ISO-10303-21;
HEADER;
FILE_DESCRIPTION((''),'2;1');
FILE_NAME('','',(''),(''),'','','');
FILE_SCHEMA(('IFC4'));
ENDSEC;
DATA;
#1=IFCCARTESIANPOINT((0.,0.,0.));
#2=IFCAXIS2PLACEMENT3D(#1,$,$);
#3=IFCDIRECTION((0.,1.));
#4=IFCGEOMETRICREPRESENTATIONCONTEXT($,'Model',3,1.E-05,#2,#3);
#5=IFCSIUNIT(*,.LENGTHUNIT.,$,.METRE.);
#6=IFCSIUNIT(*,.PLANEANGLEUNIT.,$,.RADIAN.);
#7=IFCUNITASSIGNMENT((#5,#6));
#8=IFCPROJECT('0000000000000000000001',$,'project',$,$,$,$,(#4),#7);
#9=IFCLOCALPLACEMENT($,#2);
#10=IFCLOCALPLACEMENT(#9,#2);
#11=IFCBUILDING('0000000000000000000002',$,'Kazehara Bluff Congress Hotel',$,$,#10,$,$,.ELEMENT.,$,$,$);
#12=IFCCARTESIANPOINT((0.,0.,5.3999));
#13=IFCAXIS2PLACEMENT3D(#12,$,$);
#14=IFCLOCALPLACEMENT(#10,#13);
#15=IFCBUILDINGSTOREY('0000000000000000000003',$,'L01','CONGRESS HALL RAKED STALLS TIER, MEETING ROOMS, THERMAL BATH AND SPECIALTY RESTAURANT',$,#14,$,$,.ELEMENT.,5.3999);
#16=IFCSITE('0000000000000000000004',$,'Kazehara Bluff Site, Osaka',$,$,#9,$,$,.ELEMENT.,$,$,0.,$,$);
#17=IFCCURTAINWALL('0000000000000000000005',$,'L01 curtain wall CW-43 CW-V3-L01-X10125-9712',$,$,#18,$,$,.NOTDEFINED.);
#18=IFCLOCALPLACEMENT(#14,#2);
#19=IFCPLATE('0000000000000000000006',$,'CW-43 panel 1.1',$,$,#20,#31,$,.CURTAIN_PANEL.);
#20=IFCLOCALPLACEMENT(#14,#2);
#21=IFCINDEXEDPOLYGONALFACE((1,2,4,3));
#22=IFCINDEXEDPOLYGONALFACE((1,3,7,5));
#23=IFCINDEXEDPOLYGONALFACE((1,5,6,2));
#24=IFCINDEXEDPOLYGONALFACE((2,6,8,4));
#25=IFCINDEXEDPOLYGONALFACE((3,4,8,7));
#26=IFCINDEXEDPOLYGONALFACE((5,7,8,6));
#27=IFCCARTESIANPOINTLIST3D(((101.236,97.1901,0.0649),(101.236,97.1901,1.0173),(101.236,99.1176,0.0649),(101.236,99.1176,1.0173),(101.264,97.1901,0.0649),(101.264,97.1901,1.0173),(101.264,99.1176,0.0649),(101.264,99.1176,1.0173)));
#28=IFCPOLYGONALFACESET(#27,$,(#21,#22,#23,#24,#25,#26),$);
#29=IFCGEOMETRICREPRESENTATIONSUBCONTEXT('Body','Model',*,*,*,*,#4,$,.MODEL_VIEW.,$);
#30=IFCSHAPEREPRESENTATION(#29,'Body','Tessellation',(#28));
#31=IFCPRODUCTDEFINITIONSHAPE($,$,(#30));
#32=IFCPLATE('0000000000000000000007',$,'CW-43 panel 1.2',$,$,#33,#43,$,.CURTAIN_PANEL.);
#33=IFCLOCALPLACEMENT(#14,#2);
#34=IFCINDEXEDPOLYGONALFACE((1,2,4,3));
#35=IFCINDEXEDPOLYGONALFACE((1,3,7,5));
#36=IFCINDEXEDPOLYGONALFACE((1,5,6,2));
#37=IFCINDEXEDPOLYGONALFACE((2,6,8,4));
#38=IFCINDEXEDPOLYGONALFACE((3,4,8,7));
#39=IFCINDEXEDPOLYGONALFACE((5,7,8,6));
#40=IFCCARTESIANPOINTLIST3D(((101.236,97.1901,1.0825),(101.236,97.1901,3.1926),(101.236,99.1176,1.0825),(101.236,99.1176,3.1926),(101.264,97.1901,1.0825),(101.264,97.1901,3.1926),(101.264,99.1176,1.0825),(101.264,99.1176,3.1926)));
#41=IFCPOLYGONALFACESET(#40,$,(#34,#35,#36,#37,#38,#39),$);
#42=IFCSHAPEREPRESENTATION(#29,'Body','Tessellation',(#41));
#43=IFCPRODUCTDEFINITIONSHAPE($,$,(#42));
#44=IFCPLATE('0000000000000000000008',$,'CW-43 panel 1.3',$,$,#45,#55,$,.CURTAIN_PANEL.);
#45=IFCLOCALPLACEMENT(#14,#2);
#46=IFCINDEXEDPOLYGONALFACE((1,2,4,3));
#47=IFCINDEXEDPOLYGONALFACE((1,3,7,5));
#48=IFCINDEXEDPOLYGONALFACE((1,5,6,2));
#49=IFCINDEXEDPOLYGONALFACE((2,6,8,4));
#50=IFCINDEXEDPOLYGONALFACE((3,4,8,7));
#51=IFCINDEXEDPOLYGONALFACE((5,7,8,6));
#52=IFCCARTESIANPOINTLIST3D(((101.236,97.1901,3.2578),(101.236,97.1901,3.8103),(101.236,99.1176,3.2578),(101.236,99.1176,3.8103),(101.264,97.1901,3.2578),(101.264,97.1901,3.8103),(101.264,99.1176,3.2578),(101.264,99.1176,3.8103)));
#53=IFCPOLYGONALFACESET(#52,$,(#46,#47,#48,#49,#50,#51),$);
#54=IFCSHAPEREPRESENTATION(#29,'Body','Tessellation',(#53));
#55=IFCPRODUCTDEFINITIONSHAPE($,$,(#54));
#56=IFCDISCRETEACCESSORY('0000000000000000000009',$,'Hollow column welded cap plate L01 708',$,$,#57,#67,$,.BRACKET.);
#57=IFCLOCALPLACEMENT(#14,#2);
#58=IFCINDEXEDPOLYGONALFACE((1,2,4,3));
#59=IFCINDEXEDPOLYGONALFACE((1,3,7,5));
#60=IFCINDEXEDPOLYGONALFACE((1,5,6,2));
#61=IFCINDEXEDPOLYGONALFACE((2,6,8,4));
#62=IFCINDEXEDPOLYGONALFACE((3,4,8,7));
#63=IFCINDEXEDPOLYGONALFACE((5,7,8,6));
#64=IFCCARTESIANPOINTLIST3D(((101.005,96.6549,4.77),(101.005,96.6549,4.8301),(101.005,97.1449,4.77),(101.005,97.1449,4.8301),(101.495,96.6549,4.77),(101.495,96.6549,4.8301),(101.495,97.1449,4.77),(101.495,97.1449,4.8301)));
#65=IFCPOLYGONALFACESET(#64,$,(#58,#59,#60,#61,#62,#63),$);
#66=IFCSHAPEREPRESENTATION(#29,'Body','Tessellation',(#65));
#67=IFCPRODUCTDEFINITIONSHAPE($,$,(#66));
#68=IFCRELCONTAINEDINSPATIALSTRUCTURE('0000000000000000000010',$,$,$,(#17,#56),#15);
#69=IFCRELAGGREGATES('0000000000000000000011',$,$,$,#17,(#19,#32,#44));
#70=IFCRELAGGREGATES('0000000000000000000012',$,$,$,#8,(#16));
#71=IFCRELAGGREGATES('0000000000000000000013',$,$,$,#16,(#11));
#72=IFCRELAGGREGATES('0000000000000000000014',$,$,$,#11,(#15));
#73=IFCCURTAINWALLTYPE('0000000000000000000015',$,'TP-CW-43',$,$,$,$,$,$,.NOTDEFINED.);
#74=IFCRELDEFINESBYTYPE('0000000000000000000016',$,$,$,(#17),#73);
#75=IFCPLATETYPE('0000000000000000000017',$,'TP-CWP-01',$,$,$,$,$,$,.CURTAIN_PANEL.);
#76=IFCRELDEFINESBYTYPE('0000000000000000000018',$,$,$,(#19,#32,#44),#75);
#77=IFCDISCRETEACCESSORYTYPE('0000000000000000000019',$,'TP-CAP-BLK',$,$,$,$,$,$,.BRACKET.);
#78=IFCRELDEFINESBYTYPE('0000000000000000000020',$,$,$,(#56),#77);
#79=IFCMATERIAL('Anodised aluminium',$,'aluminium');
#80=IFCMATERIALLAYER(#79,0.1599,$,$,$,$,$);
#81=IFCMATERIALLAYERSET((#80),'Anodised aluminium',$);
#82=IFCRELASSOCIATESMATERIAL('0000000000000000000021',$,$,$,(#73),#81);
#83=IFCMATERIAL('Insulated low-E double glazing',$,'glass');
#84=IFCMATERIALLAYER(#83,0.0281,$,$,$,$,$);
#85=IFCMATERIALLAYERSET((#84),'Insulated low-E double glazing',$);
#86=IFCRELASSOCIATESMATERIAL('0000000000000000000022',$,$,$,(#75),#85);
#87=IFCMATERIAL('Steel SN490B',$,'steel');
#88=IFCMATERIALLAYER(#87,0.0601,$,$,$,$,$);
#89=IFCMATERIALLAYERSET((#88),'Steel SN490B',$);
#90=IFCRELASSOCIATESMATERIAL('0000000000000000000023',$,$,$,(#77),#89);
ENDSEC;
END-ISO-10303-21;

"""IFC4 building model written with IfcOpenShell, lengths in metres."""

from ifc_helpers import new_model, si_unit, direction, frame, origin, origin_2d, place, context, subcontext, project, spatial, rectangle, extrude, material, layer, layer_set, type_object, element, aggregate, save


model = new_model("IFC4")

# Units and contexts
model_context = context("Model", 3, precision=1e-05, world=origin(), true_north=direction((0.0, 1.0)))
body_context = subcontext(model_context, "Body", "Model", "MODEL_VIEW")
ifc_project = project(units=[si_unit("LENGTHUNIT", "METRE"), si_unit("PLANEANGLEUNIT", "RADIAN")], contexts=[model_context])

# Site, building, storey
site_placement = place(None, origin())
site = spatial("IfcSite", under=ifc_project, at=site_placement, Name="Kazehara Bluff Site, Osaka", CompositionType="ELEMENT", RefElevation=0.0)
building_placement = place(site_placement, origin())
building = spatial("IfcBuilding", under=site, at=building_placement, Name="Kazehara Bluff Congress Hotel", CompositionType="ELEMENT")
storey_placement = place(building_placement, frame((0.0, 0.0, 5.3999)))
storey = spatial("IfcBuildingStorey", under=building, at=storey_placement, Name="L01", Description="CONGRESS HALL RAKED STALLS TIER, MEETING ROOMS, THERMAL BATH AND SPECIALTY RESTAURANT", CompositionType="ELEMENT", Elevation=5.3999)

# Curtain wall
ifc_material_1 = material(Name="Anodised aluminium", Category="aluminium")
ifc_layer_1 = layer(ifc_material_1, 0.1599)
ifc_layer_set_1 = layer_set([ifc_layer_1], Name="Anodised aluminium")
curtain_wall_type_1 = type_object("IfcCurtainWallType", Name="TP-CW-43", PredefinedType="NOTDEFINED", material=ifc_layer_set_1)
curtain_wall_1_placement = place(storey_placement, origin())
curtain_wall_1 = element("IfcCurtainWall", 1, at=curtain_wall_1_placement, inside=storey, type_object=curtain_wall_type_1, Name="L01 curtain wall CW-43 CW-V3-L01-X10125-9712", PredefinedType="NOTDEFINED")

# Plates
ifc_material_2 = material(Name="Insulated low-E double glazing", Category="glass")
ifc_layer_2 = layer(ifc_material_2, 0.0281)
ifc_layer_set_2 = layer_set([ifc_layer_2], Name="Insulated low-E double glazing")
plate_type = type_object("IfcPlateType", Name="TP-CWP-01", PredefinedType="CURTAIN_PANEL", material=ifc_layer_set_2)
plate_1_placement = place(storey_placement, frame((101.25, 98.1538, 0.0649), z_axis=(0.0, 0.0, 1.0), x_axis=(0.0, 1.0, 0.0)))
plate_1 = element("IfcPlate", 2, at=plate_1_placement, type_object=plate_type, Name="CW-43 panel 1.1", PredefinedType="CURTAIN_PANEL", context=body_context, shape_type="SweptSolid", body=[
    extrude(rectangle(XDim=1.9275, YDim=0.0281, at=origin_2d()), origin(), (0.0, 0.0, 1.0), 0.9524),
])
plate_2_placement = place(storey_placement, frame((101.25, 98.1538, 1.0825), z_axis=(0.0, 0.0, 1.0), x_axis=(0.0, 1.0, 0.0)))
plate_2 = element("IfcPlate", 3, at=plate_2_placement, type_object=plate_type, Name="CW-43 panel 1.2", PredefinedType="CURTAIN_PANEL", context=body_context, shape_type="SweptSolid", body=[
    extrude(rectangle(XDim=1.9275, YDim=0.0281, at=origin_2d()), origin(), (0.0, 0.0, 1.0), 2.1101),
])
plate_3_placement = place(storey_placement, frame((101.25, 98.1538, 3.2578), z_axis=(0.0, 0.0, 1.0), x_axis=(0.0, 1.0, 0.0)))
plate_3 = element("IfcPlate", 4, at=plate_3_placement, type_object=plate_type, Name="CW-43 panel 1.3", PredefinedType="CURTAIN_PANEL", context=body_context, shape_type="SweptSolid", body=[
    extrude(rectangle(XDim=1.9275, YDim=0.0281, at=origin_2d()), origin(), (0.0, 0.0, 1.0), 0.5525),
])
aggregate(curtain_wall_1, [plate_1, plate_2, plate_3])

# Discrete accessory
ifc_material_3 = material(Name="Steel SN490B", Category="steel")
ifc_layer_3 = layer(ifc_material_3, 0.0601)
ifc_layer_set_3 = layer_set([ifc_layer_3], Name="Steel SN490B")
discrete_accessory_type = type_object("IfcDiscreteAccessoryType", Name="TP-CAP-BLK", PredefinedType="BRACKET", material=ifc_layer_set_3)
discrete_accessory_placement = place(storey_placement, frame((101.25, 96.8999, 4.77), z_axis=(0.0, 0.0, 1.0), x_axis=(1.0, 0.0, 0.0)))
element("IfcDiscreteAccessory", 5, at=discrete_accessory_placement, inside=storey, type_object=discrete_accessory_type, Name="Hollow column welded cap plate L01 708", PredefinedType="BRACKET", context=body_context, shape_type="SweptSolid", body=[
    extrude(rectangle(XDim=0.49, YDim=0.49, at=origin_2d()), origin(), (0.0, 0.0, 1.0), 0.0601),
])

save(model, "model.ifc")
